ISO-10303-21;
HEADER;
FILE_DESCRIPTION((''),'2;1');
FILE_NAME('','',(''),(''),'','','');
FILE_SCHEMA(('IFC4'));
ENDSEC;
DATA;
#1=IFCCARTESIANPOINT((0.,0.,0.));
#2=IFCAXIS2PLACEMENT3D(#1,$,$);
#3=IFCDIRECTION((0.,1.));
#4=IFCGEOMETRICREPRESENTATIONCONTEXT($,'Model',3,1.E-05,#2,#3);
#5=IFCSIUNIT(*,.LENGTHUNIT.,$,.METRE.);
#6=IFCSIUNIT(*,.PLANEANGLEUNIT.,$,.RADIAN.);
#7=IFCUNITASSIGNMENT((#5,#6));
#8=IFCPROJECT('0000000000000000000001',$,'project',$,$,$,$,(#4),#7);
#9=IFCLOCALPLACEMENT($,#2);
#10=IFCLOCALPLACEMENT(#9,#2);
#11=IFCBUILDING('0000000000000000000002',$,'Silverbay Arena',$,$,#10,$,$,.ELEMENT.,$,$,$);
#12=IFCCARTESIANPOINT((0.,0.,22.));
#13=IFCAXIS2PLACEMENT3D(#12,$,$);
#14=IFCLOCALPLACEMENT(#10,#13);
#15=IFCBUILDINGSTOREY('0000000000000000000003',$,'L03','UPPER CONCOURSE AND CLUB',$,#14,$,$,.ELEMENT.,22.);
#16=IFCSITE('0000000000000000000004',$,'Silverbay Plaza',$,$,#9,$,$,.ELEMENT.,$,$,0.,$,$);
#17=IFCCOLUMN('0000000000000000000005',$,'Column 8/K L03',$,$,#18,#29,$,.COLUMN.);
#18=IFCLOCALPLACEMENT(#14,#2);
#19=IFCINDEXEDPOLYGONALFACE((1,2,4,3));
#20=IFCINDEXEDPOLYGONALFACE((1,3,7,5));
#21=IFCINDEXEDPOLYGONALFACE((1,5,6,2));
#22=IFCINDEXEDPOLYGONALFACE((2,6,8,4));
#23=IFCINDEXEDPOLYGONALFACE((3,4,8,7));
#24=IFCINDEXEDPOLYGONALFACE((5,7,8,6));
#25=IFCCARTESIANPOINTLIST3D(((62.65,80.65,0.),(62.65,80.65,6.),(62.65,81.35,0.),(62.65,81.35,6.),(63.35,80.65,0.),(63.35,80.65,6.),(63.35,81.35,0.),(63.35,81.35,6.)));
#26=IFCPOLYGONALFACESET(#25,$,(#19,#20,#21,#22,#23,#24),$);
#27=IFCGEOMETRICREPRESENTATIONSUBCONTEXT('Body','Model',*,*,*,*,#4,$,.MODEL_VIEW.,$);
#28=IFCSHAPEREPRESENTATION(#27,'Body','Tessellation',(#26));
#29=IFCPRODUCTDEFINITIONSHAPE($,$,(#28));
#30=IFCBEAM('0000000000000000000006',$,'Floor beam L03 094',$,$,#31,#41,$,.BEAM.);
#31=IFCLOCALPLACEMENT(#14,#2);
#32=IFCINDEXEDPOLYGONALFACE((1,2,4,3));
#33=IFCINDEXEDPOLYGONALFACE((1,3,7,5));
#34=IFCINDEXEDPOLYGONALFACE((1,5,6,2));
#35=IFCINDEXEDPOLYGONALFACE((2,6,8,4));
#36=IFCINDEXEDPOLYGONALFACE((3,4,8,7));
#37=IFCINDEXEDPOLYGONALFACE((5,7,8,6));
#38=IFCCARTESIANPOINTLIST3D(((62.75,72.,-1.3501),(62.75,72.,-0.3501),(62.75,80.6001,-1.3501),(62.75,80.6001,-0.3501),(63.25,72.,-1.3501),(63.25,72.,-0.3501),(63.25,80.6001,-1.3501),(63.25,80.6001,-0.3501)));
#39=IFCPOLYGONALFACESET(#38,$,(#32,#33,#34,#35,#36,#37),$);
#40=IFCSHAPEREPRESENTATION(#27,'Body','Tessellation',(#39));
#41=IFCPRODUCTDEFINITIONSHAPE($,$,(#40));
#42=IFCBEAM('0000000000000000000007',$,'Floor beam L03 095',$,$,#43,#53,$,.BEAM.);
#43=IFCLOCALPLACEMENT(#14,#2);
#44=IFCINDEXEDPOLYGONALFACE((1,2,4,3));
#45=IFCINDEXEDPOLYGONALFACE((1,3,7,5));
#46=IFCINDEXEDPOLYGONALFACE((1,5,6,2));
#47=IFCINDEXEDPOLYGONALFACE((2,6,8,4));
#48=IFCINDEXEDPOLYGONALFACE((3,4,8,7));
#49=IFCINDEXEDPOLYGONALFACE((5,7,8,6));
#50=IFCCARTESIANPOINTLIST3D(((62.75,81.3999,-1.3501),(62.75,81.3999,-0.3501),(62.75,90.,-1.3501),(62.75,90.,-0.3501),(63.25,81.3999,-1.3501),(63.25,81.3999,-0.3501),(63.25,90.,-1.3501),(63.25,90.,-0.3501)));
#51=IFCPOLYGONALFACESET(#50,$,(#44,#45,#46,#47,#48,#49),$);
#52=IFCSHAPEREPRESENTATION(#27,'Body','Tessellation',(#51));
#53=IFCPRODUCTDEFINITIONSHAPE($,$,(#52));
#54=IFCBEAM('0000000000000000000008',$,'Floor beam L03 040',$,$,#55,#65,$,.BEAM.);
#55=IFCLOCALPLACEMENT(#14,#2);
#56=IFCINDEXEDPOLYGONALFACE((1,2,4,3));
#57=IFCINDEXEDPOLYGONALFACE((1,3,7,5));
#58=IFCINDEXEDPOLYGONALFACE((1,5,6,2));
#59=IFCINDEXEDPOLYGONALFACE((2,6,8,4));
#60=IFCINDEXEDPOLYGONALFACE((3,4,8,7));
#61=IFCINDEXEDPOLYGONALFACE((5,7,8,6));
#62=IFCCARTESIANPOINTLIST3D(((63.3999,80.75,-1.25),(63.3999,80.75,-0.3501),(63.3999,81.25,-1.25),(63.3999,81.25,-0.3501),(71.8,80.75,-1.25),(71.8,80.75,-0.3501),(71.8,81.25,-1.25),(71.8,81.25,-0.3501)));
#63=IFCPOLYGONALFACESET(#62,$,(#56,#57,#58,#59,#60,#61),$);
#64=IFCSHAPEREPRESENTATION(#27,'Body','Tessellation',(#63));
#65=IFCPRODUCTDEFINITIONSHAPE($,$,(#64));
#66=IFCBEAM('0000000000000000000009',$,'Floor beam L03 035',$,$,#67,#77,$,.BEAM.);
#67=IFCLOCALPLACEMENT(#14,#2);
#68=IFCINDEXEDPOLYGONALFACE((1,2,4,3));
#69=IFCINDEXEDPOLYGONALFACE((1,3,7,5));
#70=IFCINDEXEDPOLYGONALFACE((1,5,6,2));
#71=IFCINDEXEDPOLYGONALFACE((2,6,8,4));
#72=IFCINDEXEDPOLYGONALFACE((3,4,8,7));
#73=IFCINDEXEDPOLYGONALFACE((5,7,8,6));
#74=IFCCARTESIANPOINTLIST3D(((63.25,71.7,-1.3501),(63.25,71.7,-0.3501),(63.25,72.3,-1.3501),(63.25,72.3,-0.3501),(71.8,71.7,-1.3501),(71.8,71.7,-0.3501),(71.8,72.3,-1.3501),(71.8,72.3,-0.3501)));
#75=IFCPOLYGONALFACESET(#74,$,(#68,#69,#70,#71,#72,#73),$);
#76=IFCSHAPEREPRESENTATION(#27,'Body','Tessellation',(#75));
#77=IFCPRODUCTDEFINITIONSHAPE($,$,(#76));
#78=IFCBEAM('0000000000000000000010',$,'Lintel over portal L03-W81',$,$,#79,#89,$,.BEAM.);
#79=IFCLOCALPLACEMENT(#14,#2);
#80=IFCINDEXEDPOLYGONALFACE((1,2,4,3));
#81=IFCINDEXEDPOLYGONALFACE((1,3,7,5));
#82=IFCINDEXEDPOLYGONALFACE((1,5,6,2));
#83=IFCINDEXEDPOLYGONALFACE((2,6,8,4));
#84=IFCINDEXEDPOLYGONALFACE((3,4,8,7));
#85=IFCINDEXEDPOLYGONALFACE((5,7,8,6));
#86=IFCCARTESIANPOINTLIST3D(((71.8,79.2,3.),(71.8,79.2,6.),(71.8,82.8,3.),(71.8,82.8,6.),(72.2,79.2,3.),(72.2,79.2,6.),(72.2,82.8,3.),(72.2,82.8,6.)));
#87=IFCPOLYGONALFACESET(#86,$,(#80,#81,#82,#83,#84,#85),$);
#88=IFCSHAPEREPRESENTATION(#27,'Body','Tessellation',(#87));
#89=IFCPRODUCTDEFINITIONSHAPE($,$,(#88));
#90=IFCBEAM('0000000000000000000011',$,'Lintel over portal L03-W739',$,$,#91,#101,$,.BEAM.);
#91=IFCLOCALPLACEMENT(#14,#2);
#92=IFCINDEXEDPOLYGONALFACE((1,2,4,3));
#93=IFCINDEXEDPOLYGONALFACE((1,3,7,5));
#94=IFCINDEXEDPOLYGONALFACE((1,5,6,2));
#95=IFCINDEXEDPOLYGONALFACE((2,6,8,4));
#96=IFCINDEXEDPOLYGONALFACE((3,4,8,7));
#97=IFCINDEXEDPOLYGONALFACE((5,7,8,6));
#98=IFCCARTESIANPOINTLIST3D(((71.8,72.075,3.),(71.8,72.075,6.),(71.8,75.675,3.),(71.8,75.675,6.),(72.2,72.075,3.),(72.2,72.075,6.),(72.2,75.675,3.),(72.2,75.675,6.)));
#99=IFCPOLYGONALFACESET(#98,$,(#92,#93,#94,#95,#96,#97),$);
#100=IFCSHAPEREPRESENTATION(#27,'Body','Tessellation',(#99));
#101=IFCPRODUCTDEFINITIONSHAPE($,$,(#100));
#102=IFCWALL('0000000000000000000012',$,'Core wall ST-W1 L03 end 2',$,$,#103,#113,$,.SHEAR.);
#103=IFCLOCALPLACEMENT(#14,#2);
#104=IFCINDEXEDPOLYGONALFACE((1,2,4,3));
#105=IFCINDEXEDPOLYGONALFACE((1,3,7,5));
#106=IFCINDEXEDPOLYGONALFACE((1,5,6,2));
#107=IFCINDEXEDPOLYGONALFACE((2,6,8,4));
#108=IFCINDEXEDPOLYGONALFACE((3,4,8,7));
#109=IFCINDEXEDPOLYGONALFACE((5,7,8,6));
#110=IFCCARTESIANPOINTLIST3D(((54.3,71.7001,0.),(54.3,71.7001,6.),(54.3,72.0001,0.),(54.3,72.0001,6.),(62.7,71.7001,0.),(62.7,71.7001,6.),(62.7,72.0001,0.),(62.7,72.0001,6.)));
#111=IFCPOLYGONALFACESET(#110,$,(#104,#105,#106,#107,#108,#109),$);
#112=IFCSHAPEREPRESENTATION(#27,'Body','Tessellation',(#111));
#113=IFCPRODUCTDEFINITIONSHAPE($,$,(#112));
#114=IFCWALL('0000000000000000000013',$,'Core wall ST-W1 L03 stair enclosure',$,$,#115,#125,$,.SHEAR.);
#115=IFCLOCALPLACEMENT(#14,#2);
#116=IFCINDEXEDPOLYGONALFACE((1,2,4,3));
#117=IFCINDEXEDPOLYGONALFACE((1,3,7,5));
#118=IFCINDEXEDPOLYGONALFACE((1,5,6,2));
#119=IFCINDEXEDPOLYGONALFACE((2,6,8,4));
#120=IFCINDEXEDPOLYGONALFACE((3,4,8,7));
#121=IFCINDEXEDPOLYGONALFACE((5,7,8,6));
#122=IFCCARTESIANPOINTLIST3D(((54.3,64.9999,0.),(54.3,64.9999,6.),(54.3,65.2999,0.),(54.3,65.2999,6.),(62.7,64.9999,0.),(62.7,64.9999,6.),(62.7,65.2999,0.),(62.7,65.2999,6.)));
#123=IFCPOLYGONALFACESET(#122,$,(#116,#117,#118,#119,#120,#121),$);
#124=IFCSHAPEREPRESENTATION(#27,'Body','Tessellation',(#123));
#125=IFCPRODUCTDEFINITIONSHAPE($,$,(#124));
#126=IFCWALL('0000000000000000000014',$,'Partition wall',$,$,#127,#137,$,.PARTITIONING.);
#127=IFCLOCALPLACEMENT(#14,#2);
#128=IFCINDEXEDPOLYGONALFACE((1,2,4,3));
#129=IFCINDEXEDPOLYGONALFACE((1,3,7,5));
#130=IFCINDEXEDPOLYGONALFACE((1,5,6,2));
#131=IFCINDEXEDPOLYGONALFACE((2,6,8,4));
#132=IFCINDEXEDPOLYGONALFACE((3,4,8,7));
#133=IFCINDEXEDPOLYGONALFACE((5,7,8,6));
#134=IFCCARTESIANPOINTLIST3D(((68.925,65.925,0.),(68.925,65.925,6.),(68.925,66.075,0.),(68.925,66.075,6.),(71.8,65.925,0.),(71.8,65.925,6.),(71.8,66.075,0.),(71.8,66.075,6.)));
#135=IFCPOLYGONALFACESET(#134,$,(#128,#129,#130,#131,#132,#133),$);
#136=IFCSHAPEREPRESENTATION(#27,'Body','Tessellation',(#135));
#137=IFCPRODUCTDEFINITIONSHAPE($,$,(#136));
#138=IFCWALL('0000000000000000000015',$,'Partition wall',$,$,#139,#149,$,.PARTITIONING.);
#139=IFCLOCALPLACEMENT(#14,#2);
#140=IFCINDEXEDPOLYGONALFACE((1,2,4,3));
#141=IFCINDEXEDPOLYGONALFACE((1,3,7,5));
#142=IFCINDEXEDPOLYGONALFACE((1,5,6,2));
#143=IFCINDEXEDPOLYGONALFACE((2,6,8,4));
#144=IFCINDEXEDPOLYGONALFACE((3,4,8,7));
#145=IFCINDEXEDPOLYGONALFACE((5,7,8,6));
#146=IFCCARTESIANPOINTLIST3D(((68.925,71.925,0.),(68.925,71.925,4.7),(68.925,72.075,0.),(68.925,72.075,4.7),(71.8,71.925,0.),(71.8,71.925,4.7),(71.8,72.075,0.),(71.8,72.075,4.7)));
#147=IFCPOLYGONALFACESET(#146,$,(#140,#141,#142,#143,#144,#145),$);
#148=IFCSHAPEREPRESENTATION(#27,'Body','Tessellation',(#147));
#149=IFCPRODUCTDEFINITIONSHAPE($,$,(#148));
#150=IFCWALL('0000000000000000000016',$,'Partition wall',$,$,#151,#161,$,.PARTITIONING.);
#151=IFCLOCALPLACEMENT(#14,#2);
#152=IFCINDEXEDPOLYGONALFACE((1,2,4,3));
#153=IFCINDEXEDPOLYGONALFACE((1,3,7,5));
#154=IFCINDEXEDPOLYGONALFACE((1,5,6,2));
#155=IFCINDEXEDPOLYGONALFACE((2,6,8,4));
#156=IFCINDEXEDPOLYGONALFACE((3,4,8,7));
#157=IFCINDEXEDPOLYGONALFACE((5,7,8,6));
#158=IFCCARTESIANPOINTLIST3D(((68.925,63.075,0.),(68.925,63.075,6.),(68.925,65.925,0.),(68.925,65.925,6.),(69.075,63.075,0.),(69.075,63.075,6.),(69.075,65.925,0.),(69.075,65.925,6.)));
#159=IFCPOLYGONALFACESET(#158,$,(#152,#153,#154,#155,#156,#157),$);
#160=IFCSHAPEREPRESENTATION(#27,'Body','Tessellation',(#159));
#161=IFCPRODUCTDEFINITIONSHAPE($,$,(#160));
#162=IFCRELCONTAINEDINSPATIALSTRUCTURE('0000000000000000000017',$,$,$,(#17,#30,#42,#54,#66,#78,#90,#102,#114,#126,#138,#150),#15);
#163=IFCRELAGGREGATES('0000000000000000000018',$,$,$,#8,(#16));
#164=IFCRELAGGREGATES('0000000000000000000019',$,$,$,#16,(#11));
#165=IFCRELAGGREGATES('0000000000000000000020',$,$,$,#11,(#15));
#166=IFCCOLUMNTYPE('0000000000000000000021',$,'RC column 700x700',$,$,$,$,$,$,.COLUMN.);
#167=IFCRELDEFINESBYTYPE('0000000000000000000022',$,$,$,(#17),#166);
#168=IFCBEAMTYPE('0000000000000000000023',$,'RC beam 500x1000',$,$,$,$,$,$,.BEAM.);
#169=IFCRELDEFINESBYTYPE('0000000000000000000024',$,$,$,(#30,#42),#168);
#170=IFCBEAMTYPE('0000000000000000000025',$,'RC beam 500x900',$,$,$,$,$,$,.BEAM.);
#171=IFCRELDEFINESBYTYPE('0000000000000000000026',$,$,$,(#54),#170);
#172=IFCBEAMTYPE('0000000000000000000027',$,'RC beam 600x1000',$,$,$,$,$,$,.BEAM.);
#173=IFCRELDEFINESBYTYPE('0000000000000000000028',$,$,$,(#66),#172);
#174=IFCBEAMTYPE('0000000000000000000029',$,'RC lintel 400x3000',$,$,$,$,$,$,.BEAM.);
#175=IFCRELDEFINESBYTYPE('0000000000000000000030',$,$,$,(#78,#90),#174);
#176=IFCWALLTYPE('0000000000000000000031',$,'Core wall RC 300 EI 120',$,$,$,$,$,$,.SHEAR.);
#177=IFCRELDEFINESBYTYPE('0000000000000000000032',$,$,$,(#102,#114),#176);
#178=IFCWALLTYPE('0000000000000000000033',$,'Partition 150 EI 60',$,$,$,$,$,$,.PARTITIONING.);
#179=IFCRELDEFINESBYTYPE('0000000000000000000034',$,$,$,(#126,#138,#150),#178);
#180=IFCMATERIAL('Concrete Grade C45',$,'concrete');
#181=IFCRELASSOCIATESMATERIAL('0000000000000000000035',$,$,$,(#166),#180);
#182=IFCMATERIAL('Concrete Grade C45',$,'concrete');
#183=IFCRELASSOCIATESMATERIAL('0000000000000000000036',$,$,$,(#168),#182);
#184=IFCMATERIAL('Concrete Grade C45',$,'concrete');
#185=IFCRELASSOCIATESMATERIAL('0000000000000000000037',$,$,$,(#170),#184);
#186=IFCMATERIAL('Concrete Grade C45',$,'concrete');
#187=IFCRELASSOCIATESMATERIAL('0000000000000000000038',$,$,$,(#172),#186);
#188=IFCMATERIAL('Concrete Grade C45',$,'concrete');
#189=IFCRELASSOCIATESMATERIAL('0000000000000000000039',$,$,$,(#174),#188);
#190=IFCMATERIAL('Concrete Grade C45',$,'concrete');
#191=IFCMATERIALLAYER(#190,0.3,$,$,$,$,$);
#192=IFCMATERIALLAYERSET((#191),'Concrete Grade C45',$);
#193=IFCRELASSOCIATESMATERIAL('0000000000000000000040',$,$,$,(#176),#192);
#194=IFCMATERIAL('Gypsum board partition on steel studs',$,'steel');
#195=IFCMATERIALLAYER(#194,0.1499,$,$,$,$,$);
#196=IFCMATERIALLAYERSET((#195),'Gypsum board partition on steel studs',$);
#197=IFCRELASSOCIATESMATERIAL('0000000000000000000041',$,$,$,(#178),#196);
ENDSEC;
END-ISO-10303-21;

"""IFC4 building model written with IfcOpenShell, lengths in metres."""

from ifc_helpers import new_model, si_unit, direction, frame, frame_2d, origin, origin_2d, place, context, subcontext, project, spatial, rectangle, extrude, material, layer, layer_set, material_profile, profile_set, type_object, element, save


model = new_model("IFC4")

# Units and contexts
model_context = context("Model", 3, precision=1e-05, world=origin(), true_north=direction((0.0, 1.0)))
body_context = subcontext(model_context, "Body", "Model", "MODEL_VIEW")
ifc_project = project(units=[si_unit("LENGTHUNIT", "METRE"), si_unit("PLANEANGLEUNIT", "RADIAN")], contexts=[model_context])

# Site, building, storey
site_placement = place(None, origin())
site = spatial("IfcSite", under=ifc_project, at=site_placement, Name="Silverbay Plaza", CompositionType="ELEMENT", RefElevation=0.0)
building_placement = place(site_placement, origin())
building = spatial("IfcBuilding", under=site, at=building_placement, Name="Silverbay Arena", CompositionType="ELEMENT")
storey_placement = place(building_placement, frame((0.0, 0.0, 22.0)))
storey = spatial("IfcBuildingStorey", under=building, at=storey_placement, Name="L03", Description="UPPER CONCOURSE AND CLUB", CompositionType="ELEMENT", Elevation=22.0)

# Column
ifc_material_1 = material(Name="Concrete Grade C45", Category="concrete")
ifc_material_profile_1 = material_profile(ifc_material_1, rectangle(XDim=0.7, YDim=0.7, at=origin_2d()), Name="RC 700x700")
ifc_profile_set_1 = profile_set([ifc_material_profile_1], Name="Concrete Grade C45")
column_type = type_object("IfcColumnType", Name="RC column 700x700", PredefinedType="COLUMN", material=ifc_profile_set_1)
column_placement = place(storey_placement, frame((63.0, 81.0, 0.0), z_axis=(0.0, 0.0, 1.0), x_axis=(1.0, 0.0, 0.0)))
element("IfcColumn", 1, at=column_placement, inside=storey, type_object=column_type, Name="Column 8/K L03", PredefinedType="COLUMN", context=body_context, shape_type="SweptSolid", body=[
    extrude(rectangle(XDim=0.7, YDim=0.7, at=origin_2d()), origin(), (0.0, 0.0, 1.0), 6.0),
])

# Beams
ifc_material_2 = material(Name="Concrete Grade C45", Category="concrete")
ifc_material_profile_2 = material_profile(ifc_material_2, rectangle(XDim=0.5, YDim=1.0, at=origin_2d()), Name="RC 500x1000")
ifc_profile_set_2 = profile_set([ifc_material_profile_2], Name="Concrete Grade C45")
beam_type_1 = type_object("IfcBeamType", Name="RC beam 500x1000", PredefinedType="BEAM", material=ifc_profile_set_2)
for number, where, z_axis, x_axis, name in (
    (2, (63.0, 72.0, -0.8501), (0.0, 1.0, 0.0), (-1.0, 0.0, 0.0), "Floor beam L03 094"),
    (3, (63.0, 81.3999, -0.8501), (0.0, 1.0, 0.0), (-1.0, 0.0, 0.0), "Floor beam L03 095"),
):
    element("IfcBeam", number, at=place(storey_placement, frame(where, z_axis=z_axis, x_axis=x_axis)), inside=storey, type_object=beam_type_1, Name=name, PredefinedType="BEAM", context=body_context, shape_type="SweptSolid", body=[
        extrude(rectangle(XDim=0.5, YDim=1.0, at=origin_2d()), origin(), (0.0, 0.0, 1.0), 8.6001),
    ])
ifc_material_3 = material(Name="Concrete Grade C45", Category="concrete")
ifc_material_profile_3 = material_profile(ifc_material_3, rectangle(XDim=0.5, YDim=0.8999, at=origin_2d()), Name="RC 500x900")
ifc_profile_set_3 = profile_set([ifc_material_profile_3], Name="Concrete Grade C45")
beam_type_2 = type_object("IfcBeamType", Name="RC beam 500x900", PredefinedType="BEAM", material=ifc_profile_set_3)
beam_1_placement = place(storey_placement, frame((63.3999, 81.0, -0.8), z_axis=(1.0, 0.0, 0.0), x_axis=(0.0, 1.0, 0.0)))
element("IfcBeam", 4, at=beam_1_placement, inside=storey, type_object=beam_type_2, Name="Floor beam L03 040", PredefinedType="BEAM", context=body_context, shape_type="SweptSolid", body=[
    extrude(rectangle(XDim=0.5, YDim=0.8999, at=origin_2d()), origin(), (0.0, 0.0, 1.0), 8.4001),
])
ifc_material_4 = material(Name="Concrete Grade C45", Category="concrete")
ifc_material_profile_4 = material_profile(ifc_material_4, rectangle(XDim=0.6001, YDim=1.0, at=origin_2d()), Name="RC 600x1000")
ifc_profile_set_4 = profile_set([ifc_material_profile_4], Name="Concrete Grade C45")
beam_type_3 = type_object("IfcBeamType", Name="RC beam 600x1000", PredefinedType="BEAM", material=ifc_profile_set_4)
beam_2_placement = place(storey_placement, frame((63.25, 72.0, -0.8501), z_axis=(1.0, 0.0, 0.0), x_axis=(0.0, 1.0, 0.0)))
element("IfcBeam", 5, at=beam_2_placement, inside=storey, type_object=beam_type_3, Name="Floor beam L03 035", PredefinedType="BEAM", context=body_context, shape_type="SweptSolid", body=[
    extrude(rectangle(XDim=0.6001, YDim=1.0, at=origin_2d()), origin(), (0.0, 0.0, 1.0), 8.55),
])
ifc_material_5 = material(Name="Concrete Grade C45", Category="concrete")
ifc_material_profile_5 = material_profile(ifc_material_5, rectangle(XDim=0.3999, YDim=3.0, at=origin_2d()), Name="RC 400x3000")
ifc_profile_set_5 = profile_set([ifc_material_profile_5], Name="Concrete Grade C45")
beam_type_4 = type_object("IfcBeamType", Name="RC lintel 400x3000", PredefinedType="BEAM", material=ifc_profile_set_5)
for number, where, z_axis, x_axis, name in (
    (6, (72.0, 79.2, 4.5), (0.0, 1.0, 0.0), (-1.0, 0.0, 0.0), "Lintel over portal L03-W81"),
    (7, (72.0, 72.075, 4.5), (0.0, 1.0, 0.0), (-1.0, 0.0, 0.0), "Lintel over portal L03-W739"),
):
    element("IfcBeam", number, at=place(storey_placement, frame(where, z_axis=z_axis, x_axis=x_axis)), inside=storey, type_object=beam_type_4, Name=name, PredefinedType="BEAM", context=body_context, shape_type="SweptSolid", body=[
        extrude(rectangle(XDim=0.3999, YDim=3.0, at=origin_2d()), origin(), (0.0, 0.0, 1.0), 3.6001),
    ])

# Walls
ifc_material_6 = material(Name="Concrete Grade C45", Category="concrete")
ifc_layer_1 = layer(ifc_material_6, 0.3)
ifc_layer_set_1 = layer_set([ifc_layer_1], Name="Concrete Grade C45")
wall_type_1 = type_object("IfcWallType", Name="Core wall RC 300 EI 120", PredefinedType="SHEAR", material=ifc_layer_set_1)
for number, where, z_axis, x_axis, name in (
    (8, (62.7, 71.8501, 0.0), (0.0, 0.0, 1.0), (-1.0, 0.0, 0.0), "Core wall ST-W1 L03 end 2"),
    (9, (62.7, 65.1499, 0.0), (0.0, 0.0, 1.0), (-1.0, 0.0, 0.0), "Core wall ST-W1 L03 stair enclosure"),
):
    element("IfcWall", number, at=place(storey_placement, frame(where, z_axis=z_axis, x_axis=x_axis)), inside=storey, type_object=wall_type_1, Name=name, PredefinedType="SHEAR", context=body_context, shape_type="SweptSolid", body=[
        extrude(rectangle(XDim=8.3999, YDim=0.3, at=frame_2d((4.2, 0.0))), origin(), (0.0, 0.0, 1.0), 6.0),
    ])
ifc_material_7 = material(Name="Gypsum board partition on steel studs", Category="steel")
ifc_layer_2 = layer(ifc_material_7, 0.1499)
ifc_layer_set_2 = layer_set([ifc_layer_2], Name="Gypsum board partition on steel studs")
wall_type_2 = type_object("IfcWallType", Name="Partition 150 EI 60", PredefinedType="PARTITIONING", material=ifc_layer_set_2)
wall_1_placement = place(storey_placement, frame((68.925, 66.0, 0.0), z_axis=(0.0, 0.0, 1.0), x_axis=(1.0, 0.0, 0.0)))
element("IfcWall", 10, at=wall_1_placement, inside=storey, type_object=wall_type_2, Name="Partition wall", PredefinedType="PARTITIONING", context=body_context, shape_type="SweptSolid", body=[
    extrude(rectangle(XDim=2.875, YDim=0.1499, at=frame_2d((1.4375, 0.0))), origin(), (0.0, 0.0, 1.0), 6.0),
])
wall_2_placement = place(storey_placement, frame((68.925, 72.0, 0.0), z_axis=(0.0, 0.0, 1.0), x_axis=(1.0, 0.0, 0.0)))
element("IfcWall", 11, at=wall_2_placement, inside=storey, type_object=wall_type_2, Name="Partition wall", PredefinedType="PARTITIONING", context=body_context, shape_type="SweptSolid", body=[
    extrude(rectangle(XDim=2.875, YDim=0.1499, at=frame_2d((1.4375, 0.0))), origin(), (0.0, 0.0, 1.0), 4.7),
])
wall_3_placement = place(storey_placement, frame((69.0, 63.075, 0.0), z_axis=(0.0, 0.0, 1.0), x_axis=(0.0, 1.0, 0.0)))
element("IfcWall", 12, at=wall_3_placement, inside=storey, type_object=wall_type_2, Name="Partition wall", PredefinedType="PARTITIONING", context=body_context, shape_type="SweptSolid", body=[
    extrude(rectangle(XDim=2.8501, YDim=0.1499, at=frame_2d((1.425, 0.0))), origin(), (0.0, 0.0, 1.0), 6.0),
])

save(model, "model.ifc")
